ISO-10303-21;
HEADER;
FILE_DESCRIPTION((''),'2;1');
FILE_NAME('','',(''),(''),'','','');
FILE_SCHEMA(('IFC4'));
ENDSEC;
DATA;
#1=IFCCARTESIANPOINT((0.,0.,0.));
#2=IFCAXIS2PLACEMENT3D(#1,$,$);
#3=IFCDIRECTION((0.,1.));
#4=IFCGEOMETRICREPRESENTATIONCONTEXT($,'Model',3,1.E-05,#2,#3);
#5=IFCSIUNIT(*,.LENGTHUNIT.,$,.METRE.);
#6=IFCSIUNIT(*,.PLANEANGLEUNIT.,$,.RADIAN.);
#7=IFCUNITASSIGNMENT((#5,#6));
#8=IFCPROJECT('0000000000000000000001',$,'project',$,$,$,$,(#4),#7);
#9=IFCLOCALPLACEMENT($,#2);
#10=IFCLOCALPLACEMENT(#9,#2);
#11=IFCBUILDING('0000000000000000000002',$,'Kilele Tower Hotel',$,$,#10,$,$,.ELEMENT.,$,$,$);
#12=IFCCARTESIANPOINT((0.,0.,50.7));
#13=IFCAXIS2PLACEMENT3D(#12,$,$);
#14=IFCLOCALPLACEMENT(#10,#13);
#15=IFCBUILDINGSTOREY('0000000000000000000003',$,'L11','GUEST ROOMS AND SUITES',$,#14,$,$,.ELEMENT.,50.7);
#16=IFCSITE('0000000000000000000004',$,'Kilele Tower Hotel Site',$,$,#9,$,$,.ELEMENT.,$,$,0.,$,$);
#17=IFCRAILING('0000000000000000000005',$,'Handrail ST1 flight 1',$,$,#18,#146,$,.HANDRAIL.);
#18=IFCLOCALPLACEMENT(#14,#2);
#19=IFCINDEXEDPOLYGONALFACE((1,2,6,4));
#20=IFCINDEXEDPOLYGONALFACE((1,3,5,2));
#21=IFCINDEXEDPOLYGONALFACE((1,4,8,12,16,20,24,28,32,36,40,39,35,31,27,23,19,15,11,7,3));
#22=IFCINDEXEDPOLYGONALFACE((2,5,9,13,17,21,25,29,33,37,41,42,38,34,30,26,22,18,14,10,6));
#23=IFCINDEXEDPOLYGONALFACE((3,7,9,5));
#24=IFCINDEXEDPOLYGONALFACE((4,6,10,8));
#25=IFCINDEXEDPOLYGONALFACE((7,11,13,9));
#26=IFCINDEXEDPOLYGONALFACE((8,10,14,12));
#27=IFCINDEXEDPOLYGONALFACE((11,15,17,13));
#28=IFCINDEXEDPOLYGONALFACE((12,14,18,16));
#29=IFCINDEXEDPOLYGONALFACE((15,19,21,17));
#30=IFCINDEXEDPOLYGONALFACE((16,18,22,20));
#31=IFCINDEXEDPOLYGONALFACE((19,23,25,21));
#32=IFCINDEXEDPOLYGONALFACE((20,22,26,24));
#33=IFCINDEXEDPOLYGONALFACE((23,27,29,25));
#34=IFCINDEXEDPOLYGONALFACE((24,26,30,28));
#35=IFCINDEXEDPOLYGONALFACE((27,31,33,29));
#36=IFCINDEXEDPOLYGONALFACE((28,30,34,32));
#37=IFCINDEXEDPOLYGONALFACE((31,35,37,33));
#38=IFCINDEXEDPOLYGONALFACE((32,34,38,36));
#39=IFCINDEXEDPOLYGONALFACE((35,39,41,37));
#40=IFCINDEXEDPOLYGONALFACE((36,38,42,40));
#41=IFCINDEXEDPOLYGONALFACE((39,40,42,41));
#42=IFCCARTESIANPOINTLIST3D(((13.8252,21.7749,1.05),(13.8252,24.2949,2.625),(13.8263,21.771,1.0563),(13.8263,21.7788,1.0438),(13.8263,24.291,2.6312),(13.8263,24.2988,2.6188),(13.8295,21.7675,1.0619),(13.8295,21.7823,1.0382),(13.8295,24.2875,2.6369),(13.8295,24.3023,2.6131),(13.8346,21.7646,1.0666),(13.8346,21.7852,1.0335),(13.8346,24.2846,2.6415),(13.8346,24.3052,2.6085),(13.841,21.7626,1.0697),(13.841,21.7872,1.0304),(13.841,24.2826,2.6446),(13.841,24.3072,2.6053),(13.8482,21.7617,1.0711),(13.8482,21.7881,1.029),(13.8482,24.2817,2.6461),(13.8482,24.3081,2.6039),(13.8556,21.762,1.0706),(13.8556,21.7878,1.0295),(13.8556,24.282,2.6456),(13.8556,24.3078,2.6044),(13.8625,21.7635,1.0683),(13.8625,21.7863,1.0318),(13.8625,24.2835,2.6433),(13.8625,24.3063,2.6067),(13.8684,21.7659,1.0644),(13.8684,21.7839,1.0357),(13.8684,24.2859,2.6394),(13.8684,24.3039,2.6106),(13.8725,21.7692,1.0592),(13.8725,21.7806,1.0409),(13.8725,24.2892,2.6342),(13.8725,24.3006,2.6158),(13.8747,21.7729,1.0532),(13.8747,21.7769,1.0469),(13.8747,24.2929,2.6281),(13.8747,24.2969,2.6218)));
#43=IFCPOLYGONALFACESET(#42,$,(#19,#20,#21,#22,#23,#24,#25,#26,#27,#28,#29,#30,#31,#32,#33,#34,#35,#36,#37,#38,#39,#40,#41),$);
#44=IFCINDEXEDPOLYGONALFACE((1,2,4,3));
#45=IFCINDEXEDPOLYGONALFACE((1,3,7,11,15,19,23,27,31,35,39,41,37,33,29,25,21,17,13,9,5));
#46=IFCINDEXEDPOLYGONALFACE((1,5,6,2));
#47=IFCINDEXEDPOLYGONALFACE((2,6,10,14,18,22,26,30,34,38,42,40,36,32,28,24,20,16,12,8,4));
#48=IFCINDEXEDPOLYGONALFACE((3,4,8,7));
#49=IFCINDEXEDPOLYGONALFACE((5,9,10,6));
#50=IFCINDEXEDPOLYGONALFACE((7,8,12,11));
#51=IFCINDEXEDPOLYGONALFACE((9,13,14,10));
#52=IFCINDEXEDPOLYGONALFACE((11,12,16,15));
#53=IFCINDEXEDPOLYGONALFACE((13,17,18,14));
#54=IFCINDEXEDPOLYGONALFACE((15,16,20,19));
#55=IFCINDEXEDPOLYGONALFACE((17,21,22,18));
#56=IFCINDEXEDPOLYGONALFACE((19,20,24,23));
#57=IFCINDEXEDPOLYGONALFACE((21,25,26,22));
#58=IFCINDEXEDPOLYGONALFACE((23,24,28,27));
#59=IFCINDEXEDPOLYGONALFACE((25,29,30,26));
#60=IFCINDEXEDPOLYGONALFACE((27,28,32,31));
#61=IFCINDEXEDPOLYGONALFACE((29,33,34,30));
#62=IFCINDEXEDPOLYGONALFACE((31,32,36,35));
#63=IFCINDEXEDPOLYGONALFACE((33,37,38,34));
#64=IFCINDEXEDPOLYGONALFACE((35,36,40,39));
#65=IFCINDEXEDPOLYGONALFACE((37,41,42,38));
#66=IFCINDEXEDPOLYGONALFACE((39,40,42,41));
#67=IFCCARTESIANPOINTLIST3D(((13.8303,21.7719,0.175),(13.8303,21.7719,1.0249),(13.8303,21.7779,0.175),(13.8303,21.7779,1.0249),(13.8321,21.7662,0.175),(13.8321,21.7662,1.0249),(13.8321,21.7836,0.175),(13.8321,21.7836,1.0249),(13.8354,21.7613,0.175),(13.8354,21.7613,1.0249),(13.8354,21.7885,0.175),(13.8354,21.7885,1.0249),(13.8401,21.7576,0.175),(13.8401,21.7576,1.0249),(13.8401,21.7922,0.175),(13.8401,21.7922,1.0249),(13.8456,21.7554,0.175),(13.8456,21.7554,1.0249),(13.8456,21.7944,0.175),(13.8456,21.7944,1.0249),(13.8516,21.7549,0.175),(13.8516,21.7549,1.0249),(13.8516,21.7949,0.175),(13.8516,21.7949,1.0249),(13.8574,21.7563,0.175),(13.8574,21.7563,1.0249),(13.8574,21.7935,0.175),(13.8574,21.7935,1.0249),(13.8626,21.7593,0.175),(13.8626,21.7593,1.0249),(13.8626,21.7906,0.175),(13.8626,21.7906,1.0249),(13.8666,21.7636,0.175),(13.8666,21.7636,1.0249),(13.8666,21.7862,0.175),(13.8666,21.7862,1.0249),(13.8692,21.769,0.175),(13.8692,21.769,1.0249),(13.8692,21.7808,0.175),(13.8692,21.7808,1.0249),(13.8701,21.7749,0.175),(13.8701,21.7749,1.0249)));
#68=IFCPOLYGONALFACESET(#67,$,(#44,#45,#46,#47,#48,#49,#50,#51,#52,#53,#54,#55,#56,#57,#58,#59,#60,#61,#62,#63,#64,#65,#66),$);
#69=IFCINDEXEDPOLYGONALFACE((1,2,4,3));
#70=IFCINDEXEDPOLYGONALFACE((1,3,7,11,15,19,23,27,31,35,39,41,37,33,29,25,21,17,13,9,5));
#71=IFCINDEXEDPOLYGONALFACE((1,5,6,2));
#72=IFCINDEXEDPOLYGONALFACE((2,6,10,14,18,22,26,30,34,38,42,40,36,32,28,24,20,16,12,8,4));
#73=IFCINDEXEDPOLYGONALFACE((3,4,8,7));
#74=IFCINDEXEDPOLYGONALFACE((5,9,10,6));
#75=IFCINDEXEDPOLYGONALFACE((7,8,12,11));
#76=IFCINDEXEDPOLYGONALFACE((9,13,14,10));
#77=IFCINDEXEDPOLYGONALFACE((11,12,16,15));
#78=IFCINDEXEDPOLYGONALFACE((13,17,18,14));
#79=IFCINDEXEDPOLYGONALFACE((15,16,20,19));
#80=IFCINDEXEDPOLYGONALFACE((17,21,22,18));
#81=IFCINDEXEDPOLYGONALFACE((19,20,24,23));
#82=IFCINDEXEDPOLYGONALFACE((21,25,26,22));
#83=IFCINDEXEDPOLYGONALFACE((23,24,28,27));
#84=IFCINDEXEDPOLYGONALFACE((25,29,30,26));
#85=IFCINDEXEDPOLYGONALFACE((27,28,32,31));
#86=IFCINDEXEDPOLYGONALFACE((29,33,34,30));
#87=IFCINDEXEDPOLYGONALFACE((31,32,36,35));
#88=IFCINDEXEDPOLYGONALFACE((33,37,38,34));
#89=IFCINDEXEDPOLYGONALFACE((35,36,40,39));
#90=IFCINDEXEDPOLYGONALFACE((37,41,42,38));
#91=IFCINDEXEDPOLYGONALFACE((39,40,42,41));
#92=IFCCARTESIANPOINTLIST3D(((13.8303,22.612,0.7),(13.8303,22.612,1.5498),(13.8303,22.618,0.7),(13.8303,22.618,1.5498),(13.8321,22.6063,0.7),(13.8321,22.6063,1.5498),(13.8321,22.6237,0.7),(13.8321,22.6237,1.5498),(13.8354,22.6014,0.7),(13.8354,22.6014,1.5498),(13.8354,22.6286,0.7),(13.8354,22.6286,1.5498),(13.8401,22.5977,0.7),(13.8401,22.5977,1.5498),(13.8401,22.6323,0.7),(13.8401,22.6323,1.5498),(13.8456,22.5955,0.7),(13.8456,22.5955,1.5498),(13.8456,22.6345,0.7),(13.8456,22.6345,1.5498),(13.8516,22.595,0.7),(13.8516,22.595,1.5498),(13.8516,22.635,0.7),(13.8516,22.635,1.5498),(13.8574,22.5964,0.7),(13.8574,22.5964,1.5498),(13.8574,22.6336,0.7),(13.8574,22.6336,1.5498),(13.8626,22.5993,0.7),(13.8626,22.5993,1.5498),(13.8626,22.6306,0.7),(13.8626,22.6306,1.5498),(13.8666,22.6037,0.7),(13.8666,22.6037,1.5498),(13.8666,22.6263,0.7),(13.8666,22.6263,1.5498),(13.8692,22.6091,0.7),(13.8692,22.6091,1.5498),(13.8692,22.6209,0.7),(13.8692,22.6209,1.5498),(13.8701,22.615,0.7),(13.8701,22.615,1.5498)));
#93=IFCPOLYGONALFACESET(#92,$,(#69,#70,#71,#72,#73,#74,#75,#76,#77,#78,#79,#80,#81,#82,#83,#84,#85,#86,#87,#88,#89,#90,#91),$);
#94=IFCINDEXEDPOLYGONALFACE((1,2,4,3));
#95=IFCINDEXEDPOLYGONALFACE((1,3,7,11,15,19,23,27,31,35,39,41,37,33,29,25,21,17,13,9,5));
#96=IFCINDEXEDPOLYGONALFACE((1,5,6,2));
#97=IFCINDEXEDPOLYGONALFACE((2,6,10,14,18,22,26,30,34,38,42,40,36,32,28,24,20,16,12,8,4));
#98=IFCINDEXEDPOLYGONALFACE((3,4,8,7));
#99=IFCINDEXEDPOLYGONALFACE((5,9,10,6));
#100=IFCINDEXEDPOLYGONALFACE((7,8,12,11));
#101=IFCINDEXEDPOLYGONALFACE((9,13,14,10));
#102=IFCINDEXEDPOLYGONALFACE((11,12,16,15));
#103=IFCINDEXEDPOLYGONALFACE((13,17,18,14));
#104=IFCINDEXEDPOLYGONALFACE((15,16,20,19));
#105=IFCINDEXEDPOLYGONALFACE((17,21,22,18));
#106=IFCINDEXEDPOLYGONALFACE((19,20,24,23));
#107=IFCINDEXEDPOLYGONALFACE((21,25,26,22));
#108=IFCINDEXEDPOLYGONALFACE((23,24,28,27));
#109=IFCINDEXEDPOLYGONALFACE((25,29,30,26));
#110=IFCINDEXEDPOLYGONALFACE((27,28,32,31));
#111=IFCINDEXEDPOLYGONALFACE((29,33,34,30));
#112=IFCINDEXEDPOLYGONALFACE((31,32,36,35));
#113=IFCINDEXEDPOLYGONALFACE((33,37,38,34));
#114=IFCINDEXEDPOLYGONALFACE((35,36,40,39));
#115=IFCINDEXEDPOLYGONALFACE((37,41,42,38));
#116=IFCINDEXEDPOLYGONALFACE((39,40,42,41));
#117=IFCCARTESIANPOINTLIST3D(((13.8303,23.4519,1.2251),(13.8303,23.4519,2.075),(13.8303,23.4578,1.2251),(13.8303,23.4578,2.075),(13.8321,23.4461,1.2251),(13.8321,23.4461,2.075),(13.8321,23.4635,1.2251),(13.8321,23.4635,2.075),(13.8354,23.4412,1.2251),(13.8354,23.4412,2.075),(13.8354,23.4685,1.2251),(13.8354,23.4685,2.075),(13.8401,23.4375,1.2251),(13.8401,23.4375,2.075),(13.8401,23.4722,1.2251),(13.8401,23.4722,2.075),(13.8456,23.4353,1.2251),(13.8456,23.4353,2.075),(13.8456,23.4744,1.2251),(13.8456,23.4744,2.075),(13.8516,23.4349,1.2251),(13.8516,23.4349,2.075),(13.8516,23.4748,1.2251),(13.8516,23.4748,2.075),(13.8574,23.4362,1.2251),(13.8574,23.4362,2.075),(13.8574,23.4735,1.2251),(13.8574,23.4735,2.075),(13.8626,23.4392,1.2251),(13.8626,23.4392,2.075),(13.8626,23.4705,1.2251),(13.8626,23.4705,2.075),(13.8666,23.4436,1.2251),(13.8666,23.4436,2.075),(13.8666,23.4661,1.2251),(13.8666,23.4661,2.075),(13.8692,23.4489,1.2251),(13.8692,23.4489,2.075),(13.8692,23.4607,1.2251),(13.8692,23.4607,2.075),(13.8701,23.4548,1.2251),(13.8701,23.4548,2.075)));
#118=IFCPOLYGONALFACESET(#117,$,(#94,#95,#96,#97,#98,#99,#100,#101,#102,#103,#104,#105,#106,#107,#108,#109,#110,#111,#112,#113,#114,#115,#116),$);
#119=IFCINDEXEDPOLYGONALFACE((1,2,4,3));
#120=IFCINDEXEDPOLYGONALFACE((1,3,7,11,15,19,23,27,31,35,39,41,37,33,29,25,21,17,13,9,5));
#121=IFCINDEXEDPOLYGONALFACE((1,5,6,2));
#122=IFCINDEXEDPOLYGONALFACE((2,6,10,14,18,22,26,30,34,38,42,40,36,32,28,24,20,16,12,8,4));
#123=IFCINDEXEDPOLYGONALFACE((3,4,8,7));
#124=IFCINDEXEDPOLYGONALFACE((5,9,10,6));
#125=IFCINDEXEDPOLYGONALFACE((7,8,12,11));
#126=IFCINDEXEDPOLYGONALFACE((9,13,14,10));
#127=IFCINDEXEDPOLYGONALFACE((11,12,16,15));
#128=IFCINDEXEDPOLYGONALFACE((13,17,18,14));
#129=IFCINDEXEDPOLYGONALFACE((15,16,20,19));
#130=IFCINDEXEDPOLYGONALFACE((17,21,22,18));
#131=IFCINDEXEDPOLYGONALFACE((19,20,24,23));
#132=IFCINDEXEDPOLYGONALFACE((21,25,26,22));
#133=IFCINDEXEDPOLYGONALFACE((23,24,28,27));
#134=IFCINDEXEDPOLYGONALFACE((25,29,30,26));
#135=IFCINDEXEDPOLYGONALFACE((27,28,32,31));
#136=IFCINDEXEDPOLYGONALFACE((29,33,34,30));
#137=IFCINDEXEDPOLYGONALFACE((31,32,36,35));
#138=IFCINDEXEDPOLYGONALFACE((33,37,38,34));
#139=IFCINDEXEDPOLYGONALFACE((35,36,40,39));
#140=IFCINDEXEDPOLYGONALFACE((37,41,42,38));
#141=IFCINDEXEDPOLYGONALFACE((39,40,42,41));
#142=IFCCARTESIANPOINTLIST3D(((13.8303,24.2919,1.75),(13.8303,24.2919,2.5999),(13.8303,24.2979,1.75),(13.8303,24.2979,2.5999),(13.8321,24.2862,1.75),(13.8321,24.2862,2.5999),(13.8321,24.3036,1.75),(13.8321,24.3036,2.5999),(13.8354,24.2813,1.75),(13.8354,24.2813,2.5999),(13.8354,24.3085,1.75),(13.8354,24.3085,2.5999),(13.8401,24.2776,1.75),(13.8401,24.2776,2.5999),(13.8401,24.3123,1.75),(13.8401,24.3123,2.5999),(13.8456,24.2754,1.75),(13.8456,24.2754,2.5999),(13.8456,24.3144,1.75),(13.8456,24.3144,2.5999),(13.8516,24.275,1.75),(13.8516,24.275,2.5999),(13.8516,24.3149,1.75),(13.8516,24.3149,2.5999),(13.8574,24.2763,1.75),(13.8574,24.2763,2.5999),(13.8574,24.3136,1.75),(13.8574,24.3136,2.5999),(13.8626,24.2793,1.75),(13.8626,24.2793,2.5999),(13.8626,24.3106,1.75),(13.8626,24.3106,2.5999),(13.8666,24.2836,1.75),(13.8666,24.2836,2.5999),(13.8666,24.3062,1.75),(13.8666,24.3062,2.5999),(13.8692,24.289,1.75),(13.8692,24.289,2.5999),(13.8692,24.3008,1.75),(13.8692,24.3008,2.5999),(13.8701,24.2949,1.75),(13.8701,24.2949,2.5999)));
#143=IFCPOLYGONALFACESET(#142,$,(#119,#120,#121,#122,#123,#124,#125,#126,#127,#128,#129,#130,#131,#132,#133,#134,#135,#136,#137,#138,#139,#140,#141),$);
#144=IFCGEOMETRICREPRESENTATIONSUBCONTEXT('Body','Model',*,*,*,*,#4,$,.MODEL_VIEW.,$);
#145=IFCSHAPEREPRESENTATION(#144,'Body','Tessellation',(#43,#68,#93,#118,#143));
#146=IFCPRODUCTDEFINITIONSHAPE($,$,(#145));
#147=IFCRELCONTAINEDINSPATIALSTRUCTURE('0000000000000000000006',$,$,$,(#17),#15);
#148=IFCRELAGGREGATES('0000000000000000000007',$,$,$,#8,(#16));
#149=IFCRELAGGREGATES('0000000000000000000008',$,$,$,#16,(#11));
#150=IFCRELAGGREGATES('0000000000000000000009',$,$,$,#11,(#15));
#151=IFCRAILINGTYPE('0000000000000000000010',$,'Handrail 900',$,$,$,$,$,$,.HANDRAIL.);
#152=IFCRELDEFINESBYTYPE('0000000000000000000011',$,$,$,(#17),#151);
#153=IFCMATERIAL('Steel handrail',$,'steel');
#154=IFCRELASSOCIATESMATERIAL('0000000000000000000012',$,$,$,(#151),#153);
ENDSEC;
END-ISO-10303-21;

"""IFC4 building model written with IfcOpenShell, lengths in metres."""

from ifc_helpers import new_model, si_unit, direction, frame, origin, origin_2d, place, context, subcontext, project, spatial, circle, extrude, material, type_object, element, save


model = new_model("IFC4")

# Units and contexts
model_context = context("Model", 3, precision=1e-05, world=origin(), true_north=direction((0.0, 1.0)))
body_context = subcontext(model_context, "Body", "Model", "MODEL_VIEW")
ifc_project = project(units=[si_unit("LENGTHUNIT", "METRE"), si_unit("PLANEANGLEUNIT", "RADIAN")], contexts=[model_context])

# Site, building, storey
site_placement = place(None, origin())
site = spatial("IfcSite", under=ifc_project, at=site_placement, Name="Kilele Tower Hotel Site", CompositionType="ELEMENT", RefElevation=0.0)
building_placement = place(site_placement, origin())
building = spatial("IfcBuilding", under=site, at=building_placement, Name="Kilele Tower Hotel", CompositionType="ELEMENT")
storey_placement = place(building_placement, frame((0.0, 0.0, 50.7)))
storey = spatial("IfcBuildingStorey", under=building, at=storey_placement, Name="L11", Description="GUEST ROOMS AND SUITES", CompositionType="ELEMENT", Elevation=50.7)

# Railing
ifc_material_1 = material(Name="Steel handrail", Category="steel")
railing_type_1 = type_object("IfcRailingType", Name="Handrail 900", PredefinedType="HANDRAIL", material=ifc_material_1)
for number, where, name in (
    (1, (13.8501, 21.7749, 0.175), "Handrail ST1 flight 1"),
):
    element("IfcRailing", number, at=place(storey_placement, frame(where)), inside=storey, type_object=railing_type_1, Name=name, PredefinedType="HANDRAIL", context=body_context, shape_type="SweptSolid", body=[
        extrude(circle(Radius=0.0249, at=origin_2d()), frame((0.0, 0.0, 0.875), z_axis=(0.0, 0.848008, 0.529984), x_axis=(-1.0, 0.0, 0.0)), (0.0, 0.0, 1.0), 2.9717),
        extrude(circle(Radius=0.02, at=origin_2d()), origin(), (0.0, 0.0, 1.0), 0.8499),
        extrude(circle(Radius=0.02, at=origin_2d()), frame((0.0, 0.8401, 0.5249)), (0.0, 0.0, 1.0), 0.8499),
        extrude(circle(Radius=0.02, at=origin_2d()), frame((0.0, 1.6799, 1.05)), (0.0, 0.0, 1.0), 0.8499),
        extrude(circle(Radius=0.02, at=origin_2d()), frame((0.0, 2.52, 1.575)), (0.0, 0.0, 1.0), 0.8499),
    ])

save(model, "model.ifc")
